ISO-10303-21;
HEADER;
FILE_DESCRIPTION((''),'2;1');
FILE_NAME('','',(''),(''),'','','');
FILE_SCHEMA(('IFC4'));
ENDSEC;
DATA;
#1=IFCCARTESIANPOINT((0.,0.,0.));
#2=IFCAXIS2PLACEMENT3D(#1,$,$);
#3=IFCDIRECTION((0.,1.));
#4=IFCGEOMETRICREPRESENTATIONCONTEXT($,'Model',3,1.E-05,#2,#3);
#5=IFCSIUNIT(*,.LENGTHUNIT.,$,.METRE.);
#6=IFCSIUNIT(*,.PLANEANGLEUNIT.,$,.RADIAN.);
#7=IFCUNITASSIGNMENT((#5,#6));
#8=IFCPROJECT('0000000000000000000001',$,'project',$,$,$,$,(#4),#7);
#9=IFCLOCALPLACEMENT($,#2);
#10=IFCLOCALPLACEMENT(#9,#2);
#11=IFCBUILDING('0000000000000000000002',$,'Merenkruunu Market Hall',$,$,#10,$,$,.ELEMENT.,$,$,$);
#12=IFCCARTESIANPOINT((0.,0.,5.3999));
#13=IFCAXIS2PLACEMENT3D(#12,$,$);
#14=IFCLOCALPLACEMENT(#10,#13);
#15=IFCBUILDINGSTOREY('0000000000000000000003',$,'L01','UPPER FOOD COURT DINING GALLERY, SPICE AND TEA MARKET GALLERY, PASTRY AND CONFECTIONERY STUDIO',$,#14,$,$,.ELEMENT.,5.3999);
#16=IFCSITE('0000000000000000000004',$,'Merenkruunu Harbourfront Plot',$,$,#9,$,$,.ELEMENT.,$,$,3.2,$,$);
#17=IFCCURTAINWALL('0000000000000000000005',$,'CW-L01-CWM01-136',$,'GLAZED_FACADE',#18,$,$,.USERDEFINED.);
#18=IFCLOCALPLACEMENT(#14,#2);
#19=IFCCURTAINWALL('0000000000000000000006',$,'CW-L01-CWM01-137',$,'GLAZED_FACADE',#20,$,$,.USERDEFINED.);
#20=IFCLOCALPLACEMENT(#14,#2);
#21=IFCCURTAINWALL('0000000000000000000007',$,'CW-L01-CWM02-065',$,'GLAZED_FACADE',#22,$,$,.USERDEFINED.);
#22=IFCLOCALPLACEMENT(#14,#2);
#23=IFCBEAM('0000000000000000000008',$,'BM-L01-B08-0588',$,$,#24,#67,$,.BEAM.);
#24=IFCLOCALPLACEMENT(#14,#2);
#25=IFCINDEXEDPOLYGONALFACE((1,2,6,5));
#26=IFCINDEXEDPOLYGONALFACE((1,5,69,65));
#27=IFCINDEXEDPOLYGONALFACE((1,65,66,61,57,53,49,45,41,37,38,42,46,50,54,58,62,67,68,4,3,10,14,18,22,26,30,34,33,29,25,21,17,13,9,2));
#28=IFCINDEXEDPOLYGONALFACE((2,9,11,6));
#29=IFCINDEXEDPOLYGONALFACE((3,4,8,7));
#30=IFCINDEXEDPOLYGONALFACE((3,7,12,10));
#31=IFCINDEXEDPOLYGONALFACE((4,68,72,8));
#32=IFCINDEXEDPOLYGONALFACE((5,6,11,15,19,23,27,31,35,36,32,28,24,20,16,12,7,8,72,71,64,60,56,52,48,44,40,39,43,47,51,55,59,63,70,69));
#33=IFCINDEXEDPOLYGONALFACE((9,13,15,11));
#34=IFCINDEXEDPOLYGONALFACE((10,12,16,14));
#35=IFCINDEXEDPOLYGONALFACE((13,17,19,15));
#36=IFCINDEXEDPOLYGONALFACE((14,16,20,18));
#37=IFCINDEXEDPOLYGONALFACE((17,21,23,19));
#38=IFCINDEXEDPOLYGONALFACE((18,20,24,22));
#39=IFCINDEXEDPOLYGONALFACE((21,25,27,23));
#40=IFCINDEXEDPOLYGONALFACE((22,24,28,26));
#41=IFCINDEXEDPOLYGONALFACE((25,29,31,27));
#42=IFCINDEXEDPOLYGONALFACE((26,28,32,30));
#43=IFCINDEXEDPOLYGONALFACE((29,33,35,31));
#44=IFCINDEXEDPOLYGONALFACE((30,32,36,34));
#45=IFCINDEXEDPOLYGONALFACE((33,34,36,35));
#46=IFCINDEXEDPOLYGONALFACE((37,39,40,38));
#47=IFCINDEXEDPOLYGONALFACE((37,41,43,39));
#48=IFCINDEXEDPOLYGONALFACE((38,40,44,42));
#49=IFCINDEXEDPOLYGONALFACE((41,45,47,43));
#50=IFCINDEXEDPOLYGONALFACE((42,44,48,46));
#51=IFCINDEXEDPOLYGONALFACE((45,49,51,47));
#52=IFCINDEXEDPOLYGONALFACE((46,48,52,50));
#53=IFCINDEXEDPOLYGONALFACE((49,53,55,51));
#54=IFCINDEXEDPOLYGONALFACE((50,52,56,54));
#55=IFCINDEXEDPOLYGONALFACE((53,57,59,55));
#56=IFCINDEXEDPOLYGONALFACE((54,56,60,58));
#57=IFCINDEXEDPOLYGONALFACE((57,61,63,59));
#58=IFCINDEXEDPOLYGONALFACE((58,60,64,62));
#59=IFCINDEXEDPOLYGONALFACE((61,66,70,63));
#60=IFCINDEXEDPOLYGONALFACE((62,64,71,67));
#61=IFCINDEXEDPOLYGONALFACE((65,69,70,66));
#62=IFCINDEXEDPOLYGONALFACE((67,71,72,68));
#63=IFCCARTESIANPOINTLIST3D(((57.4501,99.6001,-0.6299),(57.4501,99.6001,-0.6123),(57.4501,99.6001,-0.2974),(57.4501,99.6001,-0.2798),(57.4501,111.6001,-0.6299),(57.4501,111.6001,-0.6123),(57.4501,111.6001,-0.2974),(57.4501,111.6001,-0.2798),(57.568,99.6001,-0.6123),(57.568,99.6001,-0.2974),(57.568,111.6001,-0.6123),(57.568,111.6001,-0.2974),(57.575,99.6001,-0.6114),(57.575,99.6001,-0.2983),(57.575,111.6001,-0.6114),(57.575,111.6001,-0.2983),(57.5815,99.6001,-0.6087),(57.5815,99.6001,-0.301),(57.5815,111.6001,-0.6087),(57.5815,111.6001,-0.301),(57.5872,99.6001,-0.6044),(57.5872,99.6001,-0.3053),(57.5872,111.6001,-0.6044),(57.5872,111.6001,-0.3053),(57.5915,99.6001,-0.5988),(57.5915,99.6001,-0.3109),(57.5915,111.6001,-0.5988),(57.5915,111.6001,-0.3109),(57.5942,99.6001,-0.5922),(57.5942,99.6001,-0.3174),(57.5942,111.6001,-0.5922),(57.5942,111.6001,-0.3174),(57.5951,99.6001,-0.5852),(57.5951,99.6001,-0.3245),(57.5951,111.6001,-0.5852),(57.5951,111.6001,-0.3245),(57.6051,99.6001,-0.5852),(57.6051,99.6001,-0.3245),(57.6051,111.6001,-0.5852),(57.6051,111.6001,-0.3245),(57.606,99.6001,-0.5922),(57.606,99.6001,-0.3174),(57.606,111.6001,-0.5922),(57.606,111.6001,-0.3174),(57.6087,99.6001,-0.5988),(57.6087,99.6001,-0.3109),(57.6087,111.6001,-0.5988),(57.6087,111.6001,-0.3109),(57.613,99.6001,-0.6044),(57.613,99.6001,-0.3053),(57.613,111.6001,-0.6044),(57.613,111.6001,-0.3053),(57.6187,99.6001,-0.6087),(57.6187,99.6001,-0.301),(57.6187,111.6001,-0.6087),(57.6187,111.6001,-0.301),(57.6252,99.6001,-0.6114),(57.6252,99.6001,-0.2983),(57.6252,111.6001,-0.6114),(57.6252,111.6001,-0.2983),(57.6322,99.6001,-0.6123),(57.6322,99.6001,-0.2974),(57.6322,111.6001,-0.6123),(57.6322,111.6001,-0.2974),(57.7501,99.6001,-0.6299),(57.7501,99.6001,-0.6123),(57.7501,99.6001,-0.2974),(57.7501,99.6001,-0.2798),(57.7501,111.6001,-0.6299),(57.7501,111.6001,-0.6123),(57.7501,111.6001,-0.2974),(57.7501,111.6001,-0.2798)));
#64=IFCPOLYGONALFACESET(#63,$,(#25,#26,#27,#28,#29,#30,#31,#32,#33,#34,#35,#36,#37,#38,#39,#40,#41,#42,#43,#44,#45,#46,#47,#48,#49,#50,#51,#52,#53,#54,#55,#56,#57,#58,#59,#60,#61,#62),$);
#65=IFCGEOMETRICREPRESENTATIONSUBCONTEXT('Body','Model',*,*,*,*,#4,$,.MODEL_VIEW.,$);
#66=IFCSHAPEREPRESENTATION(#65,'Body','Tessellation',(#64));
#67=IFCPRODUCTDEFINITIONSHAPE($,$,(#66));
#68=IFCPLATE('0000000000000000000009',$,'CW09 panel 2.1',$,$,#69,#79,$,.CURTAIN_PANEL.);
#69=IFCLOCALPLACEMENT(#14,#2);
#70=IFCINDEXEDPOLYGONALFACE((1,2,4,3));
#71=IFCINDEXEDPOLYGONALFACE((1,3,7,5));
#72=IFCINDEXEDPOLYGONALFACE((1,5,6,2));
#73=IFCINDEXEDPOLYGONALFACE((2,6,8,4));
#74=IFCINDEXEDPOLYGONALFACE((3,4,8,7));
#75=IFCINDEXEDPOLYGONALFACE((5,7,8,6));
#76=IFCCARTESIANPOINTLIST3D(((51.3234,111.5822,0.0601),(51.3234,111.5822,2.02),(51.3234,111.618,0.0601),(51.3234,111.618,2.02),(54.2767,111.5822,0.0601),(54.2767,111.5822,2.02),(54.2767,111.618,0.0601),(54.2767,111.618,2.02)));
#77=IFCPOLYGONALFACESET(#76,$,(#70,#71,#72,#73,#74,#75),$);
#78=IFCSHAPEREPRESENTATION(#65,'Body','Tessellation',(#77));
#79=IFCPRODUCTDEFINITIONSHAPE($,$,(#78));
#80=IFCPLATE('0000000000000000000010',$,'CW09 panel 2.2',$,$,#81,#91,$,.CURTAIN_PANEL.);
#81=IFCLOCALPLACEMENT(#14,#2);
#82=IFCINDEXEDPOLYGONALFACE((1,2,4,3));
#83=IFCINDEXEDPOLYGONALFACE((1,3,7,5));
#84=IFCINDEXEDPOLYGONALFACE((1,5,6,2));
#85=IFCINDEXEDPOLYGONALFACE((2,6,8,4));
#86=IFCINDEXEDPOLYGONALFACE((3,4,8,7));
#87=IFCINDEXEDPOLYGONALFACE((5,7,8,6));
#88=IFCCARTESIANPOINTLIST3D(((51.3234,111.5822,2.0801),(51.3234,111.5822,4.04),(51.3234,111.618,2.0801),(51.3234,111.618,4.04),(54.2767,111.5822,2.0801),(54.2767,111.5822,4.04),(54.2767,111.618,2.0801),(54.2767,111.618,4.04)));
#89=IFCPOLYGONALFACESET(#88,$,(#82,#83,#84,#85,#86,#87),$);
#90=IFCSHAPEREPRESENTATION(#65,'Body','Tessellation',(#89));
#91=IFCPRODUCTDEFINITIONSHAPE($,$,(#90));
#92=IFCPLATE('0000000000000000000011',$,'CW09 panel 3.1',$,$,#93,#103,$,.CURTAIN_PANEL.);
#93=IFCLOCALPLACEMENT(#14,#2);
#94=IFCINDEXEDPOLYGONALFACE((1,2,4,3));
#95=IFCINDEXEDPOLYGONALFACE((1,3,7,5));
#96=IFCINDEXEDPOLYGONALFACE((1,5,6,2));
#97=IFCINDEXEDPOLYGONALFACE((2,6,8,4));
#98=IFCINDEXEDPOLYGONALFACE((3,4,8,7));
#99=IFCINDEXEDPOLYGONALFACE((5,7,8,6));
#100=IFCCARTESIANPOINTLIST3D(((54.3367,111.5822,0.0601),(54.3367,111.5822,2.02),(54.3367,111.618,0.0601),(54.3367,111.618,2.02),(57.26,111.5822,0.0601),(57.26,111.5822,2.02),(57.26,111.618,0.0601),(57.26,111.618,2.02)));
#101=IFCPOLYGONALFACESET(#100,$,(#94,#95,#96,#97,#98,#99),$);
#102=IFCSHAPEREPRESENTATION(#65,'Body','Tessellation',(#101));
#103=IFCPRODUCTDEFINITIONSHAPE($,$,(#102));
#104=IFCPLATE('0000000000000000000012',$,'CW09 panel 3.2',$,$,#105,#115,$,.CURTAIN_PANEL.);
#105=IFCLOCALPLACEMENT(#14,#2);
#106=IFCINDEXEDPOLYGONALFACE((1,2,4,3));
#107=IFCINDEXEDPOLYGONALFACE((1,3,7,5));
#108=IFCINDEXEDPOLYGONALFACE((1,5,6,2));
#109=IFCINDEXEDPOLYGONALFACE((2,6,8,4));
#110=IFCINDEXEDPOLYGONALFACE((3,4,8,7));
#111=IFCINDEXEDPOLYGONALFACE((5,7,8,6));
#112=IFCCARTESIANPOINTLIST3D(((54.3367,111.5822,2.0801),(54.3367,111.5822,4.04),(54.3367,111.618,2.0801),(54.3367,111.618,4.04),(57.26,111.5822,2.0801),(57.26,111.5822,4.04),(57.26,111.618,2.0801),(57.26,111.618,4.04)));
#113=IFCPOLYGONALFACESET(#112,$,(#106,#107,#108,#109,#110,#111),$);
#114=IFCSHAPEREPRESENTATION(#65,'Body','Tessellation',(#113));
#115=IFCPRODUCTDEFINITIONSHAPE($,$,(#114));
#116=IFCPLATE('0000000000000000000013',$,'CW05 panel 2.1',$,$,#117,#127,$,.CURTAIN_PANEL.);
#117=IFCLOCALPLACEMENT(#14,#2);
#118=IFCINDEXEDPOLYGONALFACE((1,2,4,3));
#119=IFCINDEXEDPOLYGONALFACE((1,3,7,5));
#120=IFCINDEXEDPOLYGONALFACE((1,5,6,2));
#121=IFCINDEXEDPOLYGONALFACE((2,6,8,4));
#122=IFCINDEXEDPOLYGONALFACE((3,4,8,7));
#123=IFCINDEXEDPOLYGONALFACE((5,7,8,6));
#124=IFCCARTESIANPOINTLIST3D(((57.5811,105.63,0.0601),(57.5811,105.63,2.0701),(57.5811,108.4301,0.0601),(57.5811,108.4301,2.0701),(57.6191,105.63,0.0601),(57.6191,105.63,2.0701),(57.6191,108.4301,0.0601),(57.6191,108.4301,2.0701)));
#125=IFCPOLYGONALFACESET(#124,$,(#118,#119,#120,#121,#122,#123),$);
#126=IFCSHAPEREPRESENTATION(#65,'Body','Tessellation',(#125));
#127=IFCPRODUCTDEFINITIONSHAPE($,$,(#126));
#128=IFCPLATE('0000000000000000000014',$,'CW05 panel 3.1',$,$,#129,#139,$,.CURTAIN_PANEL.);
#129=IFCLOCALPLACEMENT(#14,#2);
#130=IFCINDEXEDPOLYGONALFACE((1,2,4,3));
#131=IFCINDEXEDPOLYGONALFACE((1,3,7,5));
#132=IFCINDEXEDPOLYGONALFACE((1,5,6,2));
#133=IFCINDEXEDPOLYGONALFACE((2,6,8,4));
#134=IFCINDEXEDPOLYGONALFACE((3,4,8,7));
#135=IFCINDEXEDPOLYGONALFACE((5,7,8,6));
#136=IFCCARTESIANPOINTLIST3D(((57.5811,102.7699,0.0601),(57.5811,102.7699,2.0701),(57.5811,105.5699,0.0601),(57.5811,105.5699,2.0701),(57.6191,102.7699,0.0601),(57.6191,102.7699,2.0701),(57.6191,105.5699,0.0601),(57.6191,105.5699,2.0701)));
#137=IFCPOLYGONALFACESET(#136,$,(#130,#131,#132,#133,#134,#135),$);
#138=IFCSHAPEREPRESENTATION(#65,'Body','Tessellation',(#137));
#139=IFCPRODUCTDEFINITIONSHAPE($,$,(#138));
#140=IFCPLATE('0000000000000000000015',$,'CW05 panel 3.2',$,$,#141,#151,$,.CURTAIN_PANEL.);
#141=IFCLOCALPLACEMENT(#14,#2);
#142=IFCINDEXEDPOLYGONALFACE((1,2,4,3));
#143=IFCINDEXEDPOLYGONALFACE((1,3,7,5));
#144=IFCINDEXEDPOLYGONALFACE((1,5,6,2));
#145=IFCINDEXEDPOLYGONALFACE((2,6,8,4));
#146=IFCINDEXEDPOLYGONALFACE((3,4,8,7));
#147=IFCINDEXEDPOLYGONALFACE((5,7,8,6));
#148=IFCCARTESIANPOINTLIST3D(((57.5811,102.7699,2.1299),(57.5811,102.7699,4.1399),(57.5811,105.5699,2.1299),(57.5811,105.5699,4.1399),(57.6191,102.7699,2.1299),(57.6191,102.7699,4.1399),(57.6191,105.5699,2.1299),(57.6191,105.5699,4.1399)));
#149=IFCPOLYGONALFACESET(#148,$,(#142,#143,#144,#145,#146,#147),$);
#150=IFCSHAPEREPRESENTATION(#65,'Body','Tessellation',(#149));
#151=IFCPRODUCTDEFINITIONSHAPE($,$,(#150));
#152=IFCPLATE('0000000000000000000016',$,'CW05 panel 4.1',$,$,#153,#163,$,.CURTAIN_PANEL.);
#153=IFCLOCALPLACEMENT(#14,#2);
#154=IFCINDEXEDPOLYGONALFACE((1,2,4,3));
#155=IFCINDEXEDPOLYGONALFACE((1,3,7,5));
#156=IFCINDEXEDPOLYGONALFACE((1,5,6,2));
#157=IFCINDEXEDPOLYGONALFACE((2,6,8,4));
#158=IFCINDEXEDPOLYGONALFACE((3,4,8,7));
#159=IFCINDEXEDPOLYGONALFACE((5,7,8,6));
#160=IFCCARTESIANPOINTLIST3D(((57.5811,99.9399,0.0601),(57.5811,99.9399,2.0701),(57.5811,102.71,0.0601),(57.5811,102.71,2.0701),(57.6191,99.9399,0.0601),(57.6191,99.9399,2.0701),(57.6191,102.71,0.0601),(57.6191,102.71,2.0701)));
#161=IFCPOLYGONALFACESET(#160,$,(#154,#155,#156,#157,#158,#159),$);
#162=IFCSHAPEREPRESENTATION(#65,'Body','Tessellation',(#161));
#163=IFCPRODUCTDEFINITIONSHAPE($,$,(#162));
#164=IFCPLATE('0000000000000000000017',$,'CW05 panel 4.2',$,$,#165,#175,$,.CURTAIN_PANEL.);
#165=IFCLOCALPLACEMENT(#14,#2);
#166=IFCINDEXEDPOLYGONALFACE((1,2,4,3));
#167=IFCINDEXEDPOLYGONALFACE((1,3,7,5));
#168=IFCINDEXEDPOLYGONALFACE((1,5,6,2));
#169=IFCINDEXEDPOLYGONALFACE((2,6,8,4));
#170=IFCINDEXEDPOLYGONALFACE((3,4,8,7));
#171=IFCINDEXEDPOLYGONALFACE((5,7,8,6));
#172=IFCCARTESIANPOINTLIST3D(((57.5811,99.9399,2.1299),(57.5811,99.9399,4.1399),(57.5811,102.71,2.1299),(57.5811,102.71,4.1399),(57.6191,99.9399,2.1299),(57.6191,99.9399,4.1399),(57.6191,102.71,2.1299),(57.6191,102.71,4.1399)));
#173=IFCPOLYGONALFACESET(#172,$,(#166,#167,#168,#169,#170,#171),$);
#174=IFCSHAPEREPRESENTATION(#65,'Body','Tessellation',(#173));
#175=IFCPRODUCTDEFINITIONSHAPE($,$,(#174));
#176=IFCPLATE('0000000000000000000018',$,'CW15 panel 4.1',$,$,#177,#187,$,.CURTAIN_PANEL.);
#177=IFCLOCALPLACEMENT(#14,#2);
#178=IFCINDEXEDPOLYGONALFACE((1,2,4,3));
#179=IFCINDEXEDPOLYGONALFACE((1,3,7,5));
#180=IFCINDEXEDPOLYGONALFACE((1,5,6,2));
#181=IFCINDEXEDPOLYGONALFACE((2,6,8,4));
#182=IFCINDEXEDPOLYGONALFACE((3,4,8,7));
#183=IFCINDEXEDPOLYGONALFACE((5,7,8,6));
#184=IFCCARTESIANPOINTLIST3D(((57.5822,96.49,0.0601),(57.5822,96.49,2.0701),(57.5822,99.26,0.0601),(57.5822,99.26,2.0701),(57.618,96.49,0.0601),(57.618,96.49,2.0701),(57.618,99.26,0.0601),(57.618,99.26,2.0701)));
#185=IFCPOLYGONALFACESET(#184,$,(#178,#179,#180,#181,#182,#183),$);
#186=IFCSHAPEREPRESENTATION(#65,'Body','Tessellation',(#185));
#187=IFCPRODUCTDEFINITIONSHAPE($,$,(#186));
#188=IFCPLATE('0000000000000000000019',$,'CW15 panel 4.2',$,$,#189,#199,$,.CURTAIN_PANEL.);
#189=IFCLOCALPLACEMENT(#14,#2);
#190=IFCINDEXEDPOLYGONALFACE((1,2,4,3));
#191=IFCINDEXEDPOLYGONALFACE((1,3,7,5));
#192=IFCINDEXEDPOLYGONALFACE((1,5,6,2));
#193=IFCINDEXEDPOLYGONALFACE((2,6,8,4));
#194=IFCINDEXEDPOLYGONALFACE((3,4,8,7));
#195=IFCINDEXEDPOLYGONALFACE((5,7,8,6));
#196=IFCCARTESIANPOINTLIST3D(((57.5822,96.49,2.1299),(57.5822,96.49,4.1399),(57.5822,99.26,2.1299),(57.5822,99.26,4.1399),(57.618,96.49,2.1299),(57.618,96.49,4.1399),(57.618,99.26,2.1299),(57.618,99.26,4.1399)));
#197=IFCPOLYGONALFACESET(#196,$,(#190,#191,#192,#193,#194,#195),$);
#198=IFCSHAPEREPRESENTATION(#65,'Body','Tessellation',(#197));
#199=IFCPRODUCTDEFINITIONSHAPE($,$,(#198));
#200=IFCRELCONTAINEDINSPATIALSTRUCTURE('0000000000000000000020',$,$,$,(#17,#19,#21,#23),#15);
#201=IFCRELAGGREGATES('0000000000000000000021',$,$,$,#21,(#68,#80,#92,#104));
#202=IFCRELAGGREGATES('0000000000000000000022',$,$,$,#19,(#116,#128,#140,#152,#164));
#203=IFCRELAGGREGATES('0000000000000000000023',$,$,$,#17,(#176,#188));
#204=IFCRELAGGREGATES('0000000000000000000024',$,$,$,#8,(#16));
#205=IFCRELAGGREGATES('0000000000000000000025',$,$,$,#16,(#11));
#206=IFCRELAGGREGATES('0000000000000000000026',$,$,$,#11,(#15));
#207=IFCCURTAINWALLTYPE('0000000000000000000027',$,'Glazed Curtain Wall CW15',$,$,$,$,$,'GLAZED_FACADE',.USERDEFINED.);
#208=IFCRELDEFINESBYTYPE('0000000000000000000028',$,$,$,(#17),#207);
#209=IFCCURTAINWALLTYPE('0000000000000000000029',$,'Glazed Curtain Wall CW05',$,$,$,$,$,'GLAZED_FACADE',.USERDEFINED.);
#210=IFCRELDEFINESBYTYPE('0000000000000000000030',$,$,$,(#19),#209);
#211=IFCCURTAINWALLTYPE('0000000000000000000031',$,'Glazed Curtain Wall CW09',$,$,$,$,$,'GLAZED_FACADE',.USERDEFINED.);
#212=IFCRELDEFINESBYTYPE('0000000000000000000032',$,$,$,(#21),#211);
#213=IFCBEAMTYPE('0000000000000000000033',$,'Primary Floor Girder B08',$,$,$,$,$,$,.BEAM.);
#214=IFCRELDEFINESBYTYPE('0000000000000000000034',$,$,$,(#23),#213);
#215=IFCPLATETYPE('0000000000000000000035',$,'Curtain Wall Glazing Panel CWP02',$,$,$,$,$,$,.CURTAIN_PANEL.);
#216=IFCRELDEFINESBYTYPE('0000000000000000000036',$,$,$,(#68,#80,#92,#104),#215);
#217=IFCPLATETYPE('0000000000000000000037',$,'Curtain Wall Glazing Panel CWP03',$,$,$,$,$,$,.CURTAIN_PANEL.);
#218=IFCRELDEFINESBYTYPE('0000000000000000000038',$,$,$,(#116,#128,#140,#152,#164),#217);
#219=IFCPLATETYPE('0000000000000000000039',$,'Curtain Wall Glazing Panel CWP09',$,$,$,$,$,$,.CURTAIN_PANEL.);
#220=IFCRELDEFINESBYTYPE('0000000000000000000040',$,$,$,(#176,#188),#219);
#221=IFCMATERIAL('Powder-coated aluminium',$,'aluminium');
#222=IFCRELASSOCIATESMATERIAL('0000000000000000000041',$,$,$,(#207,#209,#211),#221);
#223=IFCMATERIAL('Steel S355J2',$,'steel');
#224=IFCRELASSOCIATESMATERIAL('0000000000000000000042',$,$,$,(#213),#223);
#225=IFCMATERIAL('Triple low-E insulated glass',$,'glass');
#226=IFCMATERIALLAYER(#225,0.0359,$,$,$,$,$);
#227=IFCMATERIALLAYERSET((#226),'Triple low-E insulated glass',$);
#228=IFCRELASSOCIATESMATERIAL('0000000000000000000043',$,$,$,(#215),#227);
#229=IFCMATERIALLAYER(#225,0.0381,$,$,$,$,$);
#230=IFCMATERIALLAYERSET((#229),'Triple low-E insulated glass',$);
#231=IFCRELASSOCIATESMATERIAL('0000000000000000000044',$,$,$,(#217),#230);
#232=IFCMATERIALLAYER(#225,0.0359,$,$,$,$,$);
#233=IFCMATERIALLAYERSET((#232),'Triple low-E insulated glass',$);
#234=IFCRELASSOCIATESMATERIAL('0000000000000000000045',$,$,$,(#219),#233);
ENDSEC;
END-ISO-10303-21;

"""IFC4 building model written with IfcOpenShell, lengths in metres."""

from ifc_helpers import new_model, si_unit, direction, frame, origin, origin_2d, place, context, subcontext, project, spatial, rectangle, i_section, extrude, material, layer, layer_set, material_profile, profile_set, type_object, element, aggregate, save


model = new_model("IFC4")

# Units and contexts
model_context = context("Model", 3, precision=1e-05, world=origin(), true_north=direction((0.0, 1.0)))
body_context = subcontext(model_context, "Body", "Model", "MODEL_VIEW")
ifc_project = project(units=[si_unit("LENGTHUNIT", "METRE"), si_unit("PLANEANGLEUNIT", "RADIAN")], contexts=[model_context])

# Site, building, storey
site_placement = place(None, origin())
site = spatial("IfcSite", under=ifc_project, at=site_placement, Name="Merenkruunu Harbourfront Plot", CompositionType="ELEMENT", RefElevation=3.2)
building_placement = place(site_placement, origin())
building = spatial("IfcBuilding", under=site, at=building_placement, Name="Merenkruunu Market Hall", CompositionType="ELEMENT")
storey_placement = place(building_placement, frame((0.0, 0.0, 5.3999)))
storey = spatial("IfcBuildingStorey", under=building, at=storey_placement, Name="L01", Description="UPPER FOOD COURT DINING GALLERY, SPICE AND TEA MARKET GALLERY, PASTRY AND CONFECTIONERY STUDIO", CompositionType="ELEMENT", Elevation=5.3999)

# Curtain wall
ifc_material_1 = material(Name="Powder-coated aluminium", Category="aluminium")
curtain_wall_type_1 = type_object("IfcCurtainWallType", Name="Glazed Curtain Wall CW15", ElementType="GLAZED_FACADE", PredefinedType="USERDEFINED", material=ifc_material_1)
curtain_wall_1_placement = place(storey_placement, origin())
curtain_wall_1 = element("IfcCurtainWall", 1, at=curtain_wall_1_placement, inside=storey, type_object=curtain_wall_type_1, Name="CW-L01-CWM01-136", ObjectType="GLAZED_FACADE", PredefinedType="USERDEFINED")

# Curtain walls
curtain_wall_type_2 = type_object("IfcCurtainWallType", Name="Glazed Curtain Wall CW05", ElementType="GLAZED_FACADE", PredefinedType="USERDEFINED", material=ifc_material_1)
curtain_wall_2_placement = place(storey_placement, origin())
curtain_wall_2 = element("IfcCurtainWall", 2, at=curtain_wall_2_placement, inside=storey, type_object=curtain_wall_type_2, Name="CW-L01-CWM01-137", ObjectType="GLAZED_FACADE", PredefinedType="USERDEFINED")
curtain_wall_type_3 = type_object("IfcCurtainWallType", Name="Glazed Curtain Wall CW09", ElementType="GLAZED_FACADE", PredefinedType="USERDEFINED", material=ifc_material_1)
curtain_wall_3_placement = place(storey_placement, origin())
curtain_wall_3 = element("IfcCurtainWall", 3, at=curtain_wall_3_placement, inside=storey, type_object=curtain_wall_type_3, Name="CW-L01-CWM02-065", ObjectType="GLAZED_FACADE", PredefinedType="USERDEFINED")

# Beam
ifc_material_2 = material(Name="Steel S355J2", Category="steel")
ifc_material_profile_1 = material_profile(ifc_material_2, i_section(OverallWidth=0.3, OverallDepth=0.3501, WebThickness=0.01, FlangeThickness=0.0176, FilletRadius=0.0271, at=origin_2d()), Name="HEA 360")
ifc_profile_set_1 = profile_set([ifc_material_profile_1], Name="Steel S355J2")
beam_type = type_object("IfcBeamType", Name="Primary Floor Girder B08", PredefinedType="BEAM", material=ifc_profile_set_1)
beam_placement = place(storey_placement, frame((57.6001, 99.6001, -0.4548), z_axis=(0.0, 1.0, 0.0), x_axis=(-1.0, 0.0, 0.0)))
element("IfcBeam", 4, at=beam_placement, inside=storey, type_object=beam_type, Name="BM-L01-B08-0588", PredefinedType="BEAM", context=body_context, shape_type="SweptSolid", body=[
    extrude(i_section(OverallWidth=0.3, OverallDepth=0.3501, WebThickness=0.01, FlangeThickness=0.0176, FilletRadius=0.0271, at=origin_2d()), origin(), (0.0, 0.0, 1.0), 12.0),
])

# Plates
ifc_material_3 = material(Name="Triple low-E insulated glass", Category="glass")
ifc_layer_1 = layer(ifc_material_3, 0.0359)
ifc_layer_set_1 = layer_set([ifc_layer_1], Name="Triple low-E insulated glass")
plate_type_1 = type_object("IfcPlateType", Name="Curtain Wall Glazing Panel CWP02", PredefinedType="CURTAIN_PANEL", material=ifc_layer_set_1)
plate_1_placement = place(storey_placement, frame((52.8, 111.6001, 0.0601), z_axis=(0.0, 0.0, 1.0), x_axis=(1.0, 0.0, 0.0)))
plate_1 = element("IfcPlate", 5, at=plate_1_placement, type_object=plate_type_1, Name="CW09 panel 2.1", PredefinedType="CURTAIN_PANEL", context=body_context, shape_type="SweptSolid", body=[
    extrude(rectangle(XDim=2.9534, YDim=0.0359, at=origin_2d()), origin(), (0.0, 0.0, 1.0), 1.96),
])
plate_2_placement = place(storey_placement, frame((52.8, 111.6001, 2.0801), z_axis=(0.0, 0.0, 1.0), x_axis=(1.0, 0.0, 0.0)))
plate_2 = element("IfcPlate", 6, at=plate_2_placement, type_object=plate_type_1, Name="CW09 panel 2.2", PredefinedType="CURTAIN_PANEL", context=body_context, shape_type="SweptSolid", body=[
    extrude(rectangle(XDim=2.9534, YDim=0.0359, at=origin_2d()), origin(), (0.0, 0.0, 1.0), 1.96),
])
plate_3_placement = place(storey_placement, frame((55.7983, 111.6001, 0.0601), z_axis=(0.0, 0.0, 1.0), x_axis=(1.0, 0.0, 0.0)))
plate_3 = element("IfcPlate", 7, at=plate_3_placement, type_object=plate_type_1, Name="CW09 panel 3.1", PredefinedType="CURTAIN_PANEL", context=body_context, shape_type="SweptSolid", body=[
    extrude(rectangle(XDim=2.9233, YDim=0.0359, at=origin_2d()), origin(), (0.0, 0.0, 1.0), 1.96),
])
plate_4_placement = place(storey_placement, frame((55.7983, 111.6001, 2.0801), z_axis=(0.0, 0.0, 1.0), x_axis=(1.0, 0.0, 0.0)))
plate_4 = element("IfcPlate", 8, at=plate_4_placement, type_object=plate_type_1, Name="CW09 panel 3.2", PredefinedType="CURTAIN_PANEL", context=body_context, shape_type="SweptSolid", body=[
    extrude(rectangle(XDim=2.9233, YDim=0.0359, at=origin_2d()), origin(), (0.0, 0.0, 1.0), 1.96),
])
aggregate(curtain_wall_3, [plate_1, plate_2, plate_3, plate_4])
ifc_layer_2 = layer(ifc_material_3, 0.0381)
ifc_layer_set_2 = layer_set([ifc_layer_2], Name="Triple low-E insulated glass")
plate_type_2 = type_object("IfcPlateType", Name="Curtain Wall Glazing Panel CWP03", PredefinedType="CURTAIN_PANEL", material=ifc_layer_set_2)
plate_5_placement = place(storey_placement, frame((57.6001, 107.03, 0.0601), z_axis=(0.0, 0.0, 1.0), x_axis=(0.0, -1.0, 0.0)))
plate_5 = element("IfcPlate", 9, at=plate_5_placement, type_object=plate_type_2, Name="CW05 panel 2.1", PredefinedType="CURTAIN_PANEL", context=body_context, shape_type="SweptSolid", body=[
    extrude(rectangle(XDim=2.8, YDim=0.0381, at=origin_2d()), origin(), (0.0, 0.0, 1.0), 2.01),
])
plate_6_placement = place(storey_placement, frame((57.6001, 104.1699, 0.0601), z_axis=(0.0, 0.0, 1.0), x_axis=(0.0, -1.0, 0.0)))
plate_6 = element("IfcPlate", 10, at=plate_6_placement, type_object=plate_type_2, Name="CW05 panel 3.1", PredefinedType="CURTAIN_PANEL", context=body_context, shape_type="SweptSolid", body=[
    extrude(rectangle(XDim=2.8, YDim=0.0381, at=origin_2d()), origin(), (0.0, 0.0, 1.0), 2.01),
])
plate_7_placement = place(storey_placement, frame((57.6001, 104.1699, 2.1299), z_axis=(0.0, 0.0, 1.0), x_axis=(0.0, -1.0, 0.0)))
plate_7 = element("IfcPlate", 11, at=plate_7_placement, type_object=plate_type_2, Name="CW05 panel 3.2", PredefinedType="CURTAIN_PANEL", context=body_context, shape_type="SweptSolid", body=[
    extrude(rectangle(XDim=2.8, YDim=0.0381, at=origin_2d()), origin(), (0.0, 0.0, 1.0), 2.01),
])
plate_8_placement = place(storey_placement, frame((57.6001, 101.325, 0.0601), z_axis=(0.0, 0.0, 1.0), x_axis=(0.0, -1.0, 0.0)))
plate_8 = element("IfcPlate", 12, at=plate_8_placement, type_object=plate_type_2, Name="CW05 panel 4.1", PredefinedType="CURTAIN_PANEL", context=body_context, shape_type="SweptSolid", body=[
    extrude(rectangle(XDim=2.77, YDim=0.0381, at=origin_2d()), origin(), (0.0, 0.0, 1.0), 2.01),
])
plate_9_placement = place(storey_placement, frame((57.6001, 101.325, 2.1299), z_axis=(0.0, 0.0, 1.0), x_axis=(0.0, -1.0, 0.0)))
plate_9 = element("IfcPlate", 13, at=plate_9_placement, type_object=plate_type_2, Name="CW05 panel 4.2", PredefinedType="CURTAIN_PANEL", context=body_context, shape_type="SweptSolid", body=[
    extrude(rectangle(XDim=2.77, YDim=0.0381, at=origin_2d()), origin(), (0.0, 0.0, 1.0), 2.01),
])
aggregate(curtain_wall_2, [plate_5, plate_6, plate_7, plate_8, plate_9])
ifc_layer_3 = layer(ifc_material_3, 0.0359)
ifc_layer_set_3 = layer_set([ifc_layer_3], Name="Triple low-E insulated glass")
plate_type_3 = type_object("IfcPlateType", Name="Curtain Wall Glazing Panel CWP09", PredefinedType="CURTAIN_PANEL", material=ifc_layer_set_3)
plate_10_placement = place(storey_placement, frame((57.6001, 97.875, 0.0601), z_axis=(0.0, 0.0, 1.0), x_axis=(0.0, 1.0, 0.0)))
plate_10 = element("IfcPlate", 14, at=plate_10_placement, type_object=plate_type_3, Name="CW15 panel 4.1", PredefinedType="CURTAIN_PANEL", context=body_context, shape_type="SweptSolid", body=[
    extrude(rectangle(XDim=2.77, YDim=0.0359, at=origin_2d()), origin(), (0.0, 0.0, 1.0), 2.01),
])
plate_11_placement = place(storey_placement, frame((57.6001, 97.875, 2.1299), z_axis=(0.0, 0.0, 1.0), x_axis=(0.0, 1.0, 0.0)))
plate_11 = element("IfcPlate", 15, at=plate_11_placement, type_object=plate_type_3, Name="CW15 panel 4.2", PredefinedType="CURTAIN_PANEL", context=body_context, shape_type="SweptSolid", body=[
    extrude(rectangle(XDim=2.77, YDim=0.0359, at=origin_2d()), origin(), (0.0, 0.0, 1.0), 2.01),
])
aggregate(curtain_wall_1, [plate_10, plate_11])

save(model, "model.ifc")
